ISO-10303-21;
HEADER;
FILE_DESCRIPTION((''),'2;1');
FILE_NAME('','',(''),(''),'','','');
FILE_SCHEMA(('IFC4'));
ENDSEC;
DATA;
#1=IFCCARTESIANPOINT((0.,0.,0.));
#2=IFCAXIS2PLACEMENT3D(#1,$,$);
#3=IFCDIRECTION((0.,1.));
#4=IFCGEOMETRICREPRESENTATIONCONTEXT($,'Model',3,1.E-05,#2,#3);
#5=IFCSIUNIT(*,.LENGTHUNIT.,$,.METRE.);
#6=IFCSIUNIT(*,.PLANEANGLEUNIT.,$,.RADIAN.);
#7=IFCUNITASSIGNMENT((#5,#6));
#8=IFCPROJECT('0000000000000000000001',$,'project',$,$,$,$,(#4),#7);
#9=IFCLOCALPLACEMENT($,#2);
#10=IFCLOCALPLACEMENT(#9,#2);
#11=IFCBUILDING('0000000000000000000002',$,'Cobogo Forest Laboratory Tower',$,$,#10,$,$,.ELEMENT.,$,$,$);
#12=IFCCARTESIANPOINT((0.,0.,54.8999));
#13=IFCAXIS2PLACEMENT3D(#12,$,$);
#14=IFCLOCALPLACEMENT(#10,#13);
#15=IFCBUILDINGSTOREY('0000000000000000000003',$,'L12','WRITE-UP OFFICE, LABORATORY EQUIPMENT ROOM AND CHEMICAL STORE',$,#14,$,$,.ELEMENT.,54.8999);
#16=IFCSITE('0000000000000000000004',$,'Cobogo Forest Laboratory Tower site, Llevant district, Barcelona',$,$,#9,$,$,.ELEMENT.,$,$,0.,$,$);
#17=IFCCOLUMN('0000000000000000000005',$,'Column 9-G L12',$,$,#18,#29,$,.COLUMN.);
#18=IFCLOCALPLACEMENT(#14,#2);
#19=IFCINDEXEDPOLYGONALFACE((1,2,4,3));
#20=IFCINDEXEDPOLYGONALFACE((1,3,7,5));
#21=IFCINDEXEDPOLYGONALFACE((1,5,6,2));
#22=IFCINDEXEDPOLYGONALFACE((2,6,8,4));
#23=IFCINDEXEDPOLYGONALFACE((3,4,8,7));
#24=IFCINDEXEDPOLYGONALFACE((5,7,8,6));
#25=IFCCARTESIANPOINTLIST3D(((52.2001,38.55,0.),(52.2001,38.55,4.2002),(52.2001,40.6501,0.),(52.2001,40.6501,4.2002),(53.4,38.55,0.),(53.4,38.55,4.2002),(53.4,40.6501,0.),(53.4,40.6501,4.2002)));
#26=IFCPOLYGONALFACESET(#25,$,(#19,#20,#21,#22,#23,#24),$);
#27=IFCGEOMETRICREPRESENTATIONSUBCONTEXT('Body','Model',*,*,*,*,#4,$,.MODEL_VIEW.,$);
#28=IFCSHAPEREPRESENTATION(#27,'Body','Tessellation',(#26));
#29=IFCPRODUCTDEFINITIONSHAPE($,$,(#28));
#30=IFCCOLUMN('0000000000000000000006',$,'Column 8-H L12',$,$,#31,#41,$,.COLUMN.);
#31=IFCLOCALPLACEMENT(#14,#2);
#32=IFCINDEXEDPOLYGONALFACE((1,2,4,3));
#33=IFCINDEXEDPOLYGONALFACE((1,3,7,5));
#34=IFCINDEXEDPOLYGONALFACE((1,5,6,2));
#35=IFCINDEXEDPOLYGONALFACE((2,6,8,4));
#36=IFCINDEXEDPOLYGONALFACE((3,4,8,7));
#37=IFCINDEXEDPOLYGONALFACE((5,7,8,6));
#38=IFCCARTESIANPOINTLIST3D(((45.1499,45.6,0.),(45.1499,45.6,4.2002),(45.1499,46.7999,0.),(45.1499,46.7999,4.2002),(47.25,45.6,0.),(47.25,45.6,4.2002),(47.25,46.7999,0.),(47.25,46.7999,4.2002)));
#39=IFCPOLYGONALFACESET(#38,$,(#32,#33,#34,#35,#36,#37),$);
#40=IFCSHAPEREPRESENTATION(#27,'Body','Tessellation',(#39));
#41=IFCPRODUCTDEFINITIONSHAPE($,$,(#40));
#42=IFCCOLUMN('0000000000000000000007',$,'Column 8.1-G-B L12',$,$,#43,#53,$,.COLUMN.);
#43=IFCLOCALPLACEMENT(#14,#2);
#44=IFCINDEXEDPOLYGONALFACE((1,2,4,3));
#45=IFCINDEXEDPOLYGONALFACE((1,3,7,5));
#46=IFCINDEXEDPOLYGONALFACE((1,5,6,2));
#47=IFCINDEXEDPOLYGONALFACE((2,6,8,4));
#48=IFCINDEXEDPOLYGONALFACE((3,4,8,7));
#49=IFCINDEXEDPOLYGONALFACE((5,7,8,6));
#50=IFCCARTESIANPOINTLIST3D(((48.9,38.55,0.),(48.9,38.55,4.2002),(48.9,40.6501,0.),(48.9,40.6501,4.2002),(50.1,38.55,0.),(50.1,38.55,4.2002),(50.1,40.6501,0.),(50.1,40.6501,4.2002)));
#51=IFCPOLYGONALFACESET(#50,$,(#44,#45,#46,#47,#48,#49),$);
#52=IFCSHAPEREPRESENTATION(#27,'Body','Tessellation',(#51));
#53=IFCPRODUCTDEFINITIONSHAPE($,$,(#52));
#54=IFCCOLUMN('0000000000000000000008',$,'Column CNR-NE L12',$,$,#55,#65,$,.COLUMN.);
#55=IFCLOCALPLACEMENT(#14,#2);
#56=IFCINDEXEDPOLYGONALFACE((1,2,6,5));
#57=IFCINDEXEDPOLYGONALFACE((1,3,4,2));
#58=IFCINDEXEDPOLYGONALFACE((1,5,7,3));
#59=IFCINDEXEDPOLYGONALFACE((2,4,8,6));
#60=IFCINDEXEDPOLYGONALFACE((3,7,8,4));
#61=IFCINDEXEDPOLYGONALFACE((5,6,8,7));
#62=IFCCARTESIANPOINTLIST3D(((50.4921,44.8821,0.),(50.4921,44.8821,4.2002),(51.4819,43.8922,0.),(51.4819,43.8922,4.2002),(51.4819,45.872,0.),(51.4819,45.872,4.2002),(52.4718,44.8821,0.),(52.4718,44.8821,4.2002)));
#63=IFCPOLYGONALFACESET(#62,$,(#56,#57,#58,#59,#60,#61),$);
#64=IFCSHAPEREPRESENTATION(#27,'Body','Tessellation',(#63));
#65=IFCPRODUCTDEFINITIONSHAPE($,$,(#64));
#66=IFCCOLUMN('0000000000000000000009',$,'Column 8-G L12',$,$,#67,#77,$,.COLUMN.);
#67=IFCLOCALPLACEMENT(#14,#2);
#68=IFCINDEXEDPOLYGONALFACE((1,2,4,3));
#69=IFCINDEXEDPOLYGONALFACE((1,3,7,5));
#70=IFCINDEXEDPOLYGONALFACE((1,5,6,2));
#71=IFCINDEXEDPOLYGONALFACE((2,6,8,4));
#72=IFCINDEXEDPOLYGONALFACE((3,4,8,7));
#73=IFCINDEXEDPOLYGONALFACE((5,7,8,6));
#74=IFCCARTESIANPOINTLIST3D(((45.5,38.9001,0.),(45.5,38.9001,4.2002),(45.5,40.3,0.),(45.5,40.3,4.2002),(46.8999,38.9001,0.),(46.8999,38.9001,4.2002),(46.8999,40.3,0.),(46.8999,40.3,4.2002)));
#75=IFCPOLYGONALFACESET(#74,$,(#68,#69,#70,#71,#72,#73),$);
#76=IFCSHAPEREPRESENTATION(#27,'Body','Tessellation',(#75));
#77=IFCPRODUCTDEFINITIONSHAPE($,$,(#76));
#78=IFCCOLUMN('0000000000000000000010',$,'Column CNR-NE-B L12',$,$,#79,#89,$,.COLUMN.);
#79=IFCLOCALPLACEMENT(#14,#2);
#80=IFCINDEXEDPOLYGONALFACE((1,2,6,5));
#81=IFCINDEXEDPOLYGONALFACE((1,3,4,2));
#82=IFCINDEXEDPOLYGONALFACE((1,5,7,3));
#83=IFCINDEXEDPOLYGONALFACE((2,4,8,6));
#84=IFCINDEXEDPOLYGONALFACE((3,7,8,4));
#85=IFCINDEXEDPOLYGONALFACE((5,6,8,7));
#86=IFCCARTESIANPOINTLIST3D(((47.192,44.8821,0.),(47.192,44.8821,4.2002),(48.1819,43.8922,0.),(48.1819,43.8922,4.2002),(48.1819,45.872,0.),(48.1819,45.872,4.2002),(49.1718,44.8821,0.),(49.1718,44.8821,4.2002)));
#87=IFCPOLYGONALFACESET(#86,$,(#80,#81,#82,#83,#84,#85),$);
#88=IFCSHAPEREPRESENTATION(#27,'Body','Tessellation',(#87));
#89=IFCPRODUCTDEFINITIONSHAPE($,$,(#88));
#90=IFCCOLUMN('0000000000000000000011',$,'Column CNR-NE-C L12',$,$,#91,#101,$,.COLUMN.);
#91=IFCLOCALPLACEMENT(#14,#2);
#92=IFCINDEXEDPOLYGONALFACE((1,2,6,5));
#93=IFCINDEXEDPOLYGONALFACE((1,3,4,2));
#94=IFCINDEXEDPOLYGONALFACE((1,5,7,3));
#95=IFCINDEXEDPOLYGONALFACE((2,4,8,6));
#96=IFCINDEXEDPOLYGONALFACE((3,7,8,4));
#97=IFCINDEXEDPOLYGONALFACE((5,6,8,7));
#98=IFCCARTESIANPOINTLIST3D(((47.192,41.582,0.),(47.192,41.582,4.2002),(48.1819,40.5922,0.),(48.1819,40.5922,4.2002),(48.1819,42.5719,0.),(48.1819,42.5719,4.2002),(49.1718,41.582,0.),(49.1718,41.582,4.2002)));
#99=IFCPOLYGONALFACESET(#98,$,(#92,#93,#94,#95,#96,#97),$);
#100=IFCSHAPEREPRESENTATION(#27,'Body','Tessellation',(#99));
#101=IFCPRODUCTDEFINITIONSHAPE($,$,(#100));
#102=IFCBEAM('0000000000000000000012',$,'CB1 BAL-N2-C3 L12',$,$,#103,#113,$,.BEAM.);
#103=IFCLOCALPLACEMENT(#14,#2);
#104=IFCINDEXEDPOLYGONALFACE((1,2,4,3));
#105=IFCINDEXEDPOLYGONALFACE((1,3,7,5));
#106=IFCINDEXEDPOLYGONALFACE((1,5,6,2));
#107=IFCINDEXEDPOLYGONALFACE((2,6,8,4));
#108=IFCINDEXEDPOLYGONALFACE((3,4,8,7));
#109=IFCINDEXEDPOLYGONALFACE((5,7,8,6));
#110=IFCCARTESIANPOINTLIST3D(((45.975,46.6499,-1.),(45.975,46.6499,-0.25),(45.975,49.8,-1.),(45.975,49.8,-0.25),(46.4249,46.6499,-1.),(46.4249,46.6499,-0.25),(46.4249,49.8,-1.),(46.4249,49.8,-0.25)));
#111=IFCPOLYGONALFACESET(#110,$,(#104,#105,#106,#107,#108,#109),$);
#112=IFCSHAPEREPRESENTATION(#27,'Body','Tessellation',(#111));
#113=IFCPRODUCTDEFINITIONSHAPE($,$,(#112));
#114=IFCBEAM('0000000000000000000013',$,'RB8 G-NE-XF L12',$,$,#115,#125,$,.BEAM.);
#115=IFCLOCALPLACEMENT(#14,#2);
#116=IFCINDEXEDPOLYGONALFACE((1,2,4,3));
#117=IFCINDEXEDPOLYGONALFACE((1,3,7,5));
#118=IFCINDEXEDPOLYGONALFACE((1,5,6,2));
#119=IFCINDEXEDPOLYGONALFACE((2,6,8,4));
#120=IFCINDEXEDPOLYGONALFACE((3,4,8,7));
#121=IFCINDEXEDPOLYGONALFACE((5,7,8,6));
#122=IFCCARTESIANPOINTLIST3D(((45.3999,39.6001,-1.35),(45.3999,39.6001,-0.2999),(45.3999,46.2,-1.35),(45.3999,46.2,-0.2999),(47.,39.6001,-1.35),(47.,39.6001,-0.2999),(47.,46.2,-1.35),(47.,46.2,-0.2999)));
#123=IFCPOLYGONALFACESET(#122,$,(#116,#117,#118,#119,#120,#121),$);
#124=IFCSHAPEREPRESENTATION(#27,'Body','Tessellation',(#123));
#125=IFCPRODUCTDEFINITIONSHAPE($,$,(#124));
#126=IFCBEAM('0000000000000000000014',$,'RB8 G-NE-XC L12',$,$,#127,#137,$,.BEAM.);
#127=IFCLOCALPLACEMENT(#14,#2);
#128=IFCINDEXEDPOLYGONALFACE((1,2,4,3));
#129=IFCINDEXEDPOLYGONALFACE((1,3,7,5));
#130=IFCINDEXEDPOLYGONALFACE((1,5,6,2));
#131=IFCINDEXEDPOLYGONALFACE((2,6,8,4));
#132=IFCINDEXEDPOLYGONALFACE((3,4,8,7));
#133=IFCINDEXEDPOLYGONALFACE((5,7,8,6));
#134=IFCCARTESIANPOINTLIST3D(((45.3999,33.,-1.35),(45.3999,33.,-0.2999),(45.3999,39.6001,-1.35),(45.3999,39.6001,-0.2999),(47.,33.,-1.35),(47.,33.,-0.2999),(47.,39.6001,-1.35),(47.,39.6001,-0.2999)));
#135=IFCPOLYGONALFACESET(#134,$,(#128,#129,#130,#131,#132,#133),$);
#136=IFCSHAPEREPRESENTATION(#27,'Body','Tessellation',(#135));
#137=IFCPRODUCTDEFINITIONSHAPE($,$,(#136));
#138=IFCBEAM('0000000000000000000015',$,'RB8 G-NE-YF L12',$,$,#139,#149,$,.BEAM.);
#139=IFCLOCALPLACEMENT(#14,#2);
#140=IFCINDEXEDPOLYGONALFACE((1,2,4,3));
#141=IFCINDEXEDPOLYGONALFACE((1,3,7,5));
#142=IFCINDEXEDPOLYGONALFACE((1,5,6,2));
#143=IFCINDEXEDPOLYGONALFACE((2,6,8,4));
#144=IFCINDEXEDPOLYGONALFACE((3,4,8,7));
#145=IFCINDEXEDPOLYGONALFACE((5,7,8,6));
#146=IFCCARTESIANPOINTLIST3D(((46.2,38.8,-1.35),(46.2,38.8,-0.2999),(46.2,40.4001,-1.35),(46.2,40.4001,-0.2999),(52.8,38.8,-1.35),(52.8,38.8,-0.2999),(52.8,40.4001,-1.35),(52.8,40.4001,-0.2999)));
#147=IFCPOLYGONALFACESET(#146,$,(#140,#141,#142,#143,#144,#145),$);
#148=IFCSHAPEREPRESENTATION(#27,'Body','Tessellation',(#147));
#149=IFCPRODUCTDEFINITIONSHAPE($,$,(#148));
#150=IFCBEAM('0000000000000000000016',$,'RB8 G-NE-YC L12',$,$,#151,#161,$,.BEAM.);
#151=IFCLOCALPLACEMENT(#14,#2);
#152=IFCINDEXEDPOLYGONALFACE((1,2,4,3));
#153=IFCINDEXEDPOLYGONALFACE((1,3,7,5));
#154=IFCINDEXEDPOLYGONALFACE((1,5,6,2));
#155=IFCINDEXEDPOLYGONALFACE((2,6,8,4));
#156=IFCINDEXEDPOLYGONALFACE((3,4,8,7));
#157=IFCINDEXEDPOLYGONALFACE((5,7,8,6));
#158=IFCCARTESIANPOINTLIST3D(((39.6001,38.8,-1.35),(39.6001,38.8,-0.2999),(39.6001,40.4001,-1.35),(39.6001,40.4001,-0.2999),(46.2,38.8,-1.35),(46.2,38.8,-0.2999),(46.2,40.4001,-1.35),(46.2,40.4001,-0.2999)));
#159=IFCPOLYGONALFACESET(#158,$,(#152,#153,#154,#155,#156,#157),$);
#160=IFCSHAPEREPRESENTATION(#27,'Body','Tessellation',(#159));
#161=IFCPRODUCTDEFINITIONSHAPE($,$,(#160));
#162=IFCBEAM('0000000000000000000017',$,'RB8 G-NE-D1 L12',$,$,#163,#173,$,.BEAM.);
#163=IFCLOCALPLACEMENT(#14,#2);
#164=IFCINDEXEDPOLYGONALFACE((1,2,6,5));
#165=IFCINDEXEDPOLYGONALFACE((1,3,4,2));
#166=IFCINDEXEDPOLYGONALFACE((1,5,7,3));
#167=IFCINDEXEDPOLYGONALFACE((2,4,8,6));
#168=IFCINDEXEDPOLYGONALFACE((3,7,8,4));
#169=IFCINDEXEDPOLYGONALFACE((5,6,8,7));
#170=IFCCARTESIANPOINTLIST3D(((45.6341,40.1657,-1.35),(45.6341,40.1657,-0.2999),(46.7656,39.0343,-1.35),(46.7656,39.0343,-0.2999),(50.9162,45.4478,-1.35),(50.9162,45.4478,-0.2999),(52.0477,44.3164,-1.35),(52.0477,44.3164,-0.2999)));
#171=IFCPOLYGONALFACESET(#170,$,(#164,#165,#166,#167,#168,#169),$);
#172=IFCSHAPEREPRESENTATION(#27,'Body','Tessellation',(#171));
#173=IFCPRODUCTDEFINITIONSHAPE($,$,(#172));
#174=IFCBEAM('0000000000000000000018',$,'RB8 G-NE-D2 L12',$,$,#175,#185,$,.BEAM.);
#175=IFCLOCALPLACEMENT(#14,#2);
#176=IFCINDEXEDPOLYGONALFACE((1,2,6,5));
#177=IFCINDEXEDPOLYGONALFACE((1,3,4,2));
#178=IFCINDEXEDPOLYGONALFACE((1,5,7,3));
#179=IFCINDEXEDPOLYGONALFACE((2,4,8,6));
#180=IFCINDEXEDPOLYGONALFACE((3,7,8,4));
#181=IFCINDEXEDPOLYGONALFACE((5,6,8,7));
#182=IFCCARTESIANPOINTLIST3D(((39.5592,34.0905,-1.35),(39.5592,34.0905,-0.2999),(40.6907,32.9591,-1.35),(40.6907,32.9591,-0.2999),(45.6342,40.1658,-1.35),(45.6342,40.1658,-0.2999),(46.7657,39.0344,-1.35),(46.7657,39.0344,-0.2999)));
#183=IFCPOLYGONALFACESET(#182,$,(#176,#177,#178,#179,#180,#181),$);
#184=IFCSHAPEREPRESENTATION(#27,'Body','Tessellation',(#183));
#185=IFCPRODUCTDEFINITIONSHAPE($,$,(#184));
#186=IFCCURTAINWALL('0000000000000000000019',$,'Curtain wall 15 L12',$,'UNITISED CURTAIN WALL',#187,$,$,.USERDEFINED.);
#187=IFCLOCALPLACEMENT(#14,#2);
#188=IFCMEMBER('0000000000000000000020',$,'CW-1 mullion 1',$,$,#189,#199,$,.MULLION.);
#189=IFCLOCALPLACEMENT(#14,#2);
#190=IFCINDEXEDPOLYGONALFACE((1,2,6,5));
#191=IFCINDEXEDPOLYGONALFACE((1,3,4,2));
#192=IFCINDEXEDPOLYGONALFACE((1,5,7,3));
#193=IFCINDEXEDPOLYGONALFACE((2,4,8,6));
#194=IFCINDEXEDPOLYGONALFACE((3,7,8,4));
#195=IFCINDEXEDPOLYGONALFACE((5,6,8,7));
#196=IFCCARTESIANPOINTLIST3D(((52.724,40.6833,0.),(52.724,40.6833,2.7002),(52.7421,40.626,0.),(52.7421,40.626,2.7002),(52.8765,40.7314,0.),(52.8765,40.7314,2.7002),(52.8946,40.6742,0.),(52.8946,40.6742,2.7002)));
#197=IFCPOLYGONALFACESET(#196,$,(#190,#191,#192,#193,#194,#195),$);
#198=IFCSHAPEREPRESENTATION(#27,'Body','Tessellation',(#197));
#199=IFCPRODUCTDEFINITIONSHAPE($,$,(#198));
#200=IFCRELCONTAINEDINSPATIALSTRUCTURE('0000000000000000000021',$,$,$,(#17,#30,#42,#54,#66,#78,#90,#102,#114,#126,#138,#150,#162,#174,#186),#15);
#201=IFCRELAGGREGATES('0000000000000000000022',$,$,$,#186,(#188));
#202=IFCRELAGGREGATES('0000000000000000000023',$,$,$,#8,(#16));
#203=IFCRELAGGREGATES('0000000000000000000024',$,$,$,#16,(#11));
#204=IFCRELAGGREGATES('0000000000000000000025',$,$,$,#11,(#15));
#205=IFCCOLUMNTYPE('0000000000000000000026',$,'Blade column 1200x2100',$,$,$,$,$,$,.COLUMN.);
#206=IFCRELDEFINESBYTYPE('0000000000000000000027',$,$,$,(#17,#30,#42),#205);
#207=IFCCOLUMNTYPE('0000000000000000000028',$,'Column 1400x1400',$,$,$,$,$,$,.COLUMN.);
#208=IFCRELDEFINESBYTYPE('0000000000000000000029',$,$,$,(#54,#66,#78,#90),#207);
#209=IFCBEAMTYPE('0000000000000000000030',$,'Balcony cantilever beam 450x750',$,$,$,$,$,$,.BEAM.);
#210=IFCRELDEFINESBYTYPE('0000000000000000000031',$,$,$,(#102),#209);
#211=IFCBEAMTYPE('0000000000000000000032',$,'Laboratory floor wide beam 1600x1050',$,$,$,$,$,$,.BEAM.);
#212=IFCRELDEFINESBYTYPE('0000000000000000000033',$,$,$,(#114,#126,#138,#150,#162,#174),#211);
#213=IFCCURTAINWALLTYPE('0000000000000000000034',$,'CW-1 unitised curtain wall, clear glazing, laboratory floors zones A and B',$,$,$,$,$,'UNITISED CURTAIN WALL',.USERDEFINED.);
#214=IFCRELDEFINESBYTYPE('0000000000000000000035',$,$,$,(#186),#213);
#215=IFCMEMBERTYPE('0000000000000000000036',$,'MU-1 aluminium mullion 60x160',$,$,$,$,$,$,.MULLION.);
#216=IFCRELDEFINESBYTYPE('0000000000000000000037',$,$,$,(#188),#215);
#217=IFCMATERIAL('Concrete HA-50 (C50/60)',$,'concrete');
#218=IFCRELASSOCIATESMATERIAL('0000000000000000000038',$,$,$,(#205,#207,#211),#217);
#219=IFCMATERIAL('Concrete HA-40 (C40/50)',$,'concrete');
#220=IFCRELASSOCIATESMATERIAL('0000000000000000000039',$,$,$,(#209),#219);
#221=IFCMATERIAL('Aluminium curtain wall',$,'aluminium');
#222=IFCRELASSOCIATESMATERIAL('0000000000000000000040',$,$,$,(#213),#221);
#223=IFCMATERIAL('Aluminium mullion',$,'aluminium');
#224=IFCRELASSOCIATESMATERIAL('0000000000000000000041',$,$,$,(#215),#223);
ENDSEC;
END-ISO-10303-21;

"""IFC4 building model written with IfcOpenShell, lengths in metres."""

from ifc_helpers import new_model, si_unit, direction, frame, origin, origin_2d, place, context, subcontext, project, spatial, rectangle, extrude, material, material_profile, profile_set, type_object, element, aggregate, save


model = new_model("IFC4")

# Units and contexts
model_context = context("Model", 3, precision=1e-05, world=origin(), true_north=direction((0.0, 1.0)))
body_context = subcontext(model_context, "Body", "Model", "MODEL_VIEW")
ifc_project = project(units=[si_unit("LENGTHUNIT", "METRE"), si_unit("PLANEANGLEUNIT", "RADIAN")], contexts=[model_context])

# Site, building, storey
site_placement = place(None, origin())
site = spatial("IfcSite", under=ifc_project, at=site_placement, Name="Cobogo Forest Laboratory Tower site, Llevant district, Barcelona", CompositionType="ELEMENT", RefElevation=0.0)
building_placement = place(site_placement, origin())
building = spatial("IfcBuilding", under=site, at=building_placement, Name="Cobogo Forest Laboratory Tower", CompositionType="ELEMENT")
storey_placement = place(building_placement, frame((0.0, 0.0, 54.8999)))
storey = spatial("IfcBuildingStorey", under=building, at=storey_placement, Name="L12", Description="WRITE-UP OFFICE, LABORATORY EQUIPMENT ROOM AND CHEMICAL STORE", CompositionType="ELEMENT", Elevation=54.8999)

# Columns
ifc_material_1 = material(Name="Concrete HA-50 (C50/60)", Category="concrete")
ifc_material_profile_1 = material_profile(ifc_material_1, rectangle(XDim=2.1001, YDim=1.2, at=origin_2d()), Name="RC 1200x2100")
ifc_profile_set_1 = profile_set([ifc_material_profile_1], Name="Concrete HA-50 (C50/60)")
column_type_1 = type_object("IfcColumnType", Name="Blade column 1200x2100", PredefinedType="COLUMN", material=ifc_profile_set_1)
for number, where, z_axis, x_axis, name in (
    (1, (52.8, 39.6001, 0.0), (0.0, 0.0, 1.0), (0.0, 1.0, 0.0), "Column 9-G L12"),
    (2, (46.2, 46.2, 0.0), (0.0, 0.0, 1.0), (1.0, 0.0, 0.0), "Column 8-H L12"),
    (3, (49.5, 39.6001, 0.0), (0.0, 0.0, 1.0), (0.0, 1.0, 0.0), "Column 8.1-G-B L12"),
):
    element("IfcColumn", number, at=place(storey_placement, frame(where, z_axis=z_axis, x_axis=x_axis)), inside=storey, type_object=column_type_1, Name=name, PredefinedType="COLUMN", context=body_context, shape_type="SweptSolid", body=[
        extrude(rectangle(XDim=2.1001, YDim=1.2, at=origin_2d()), origin(), (0.0, 0.0, 1.0), 4.2002),
    ])
ifc_material_profile_2 = material_profile(ifc_material_1, rectangle(XDim=1.3999, YDim=1.3999, at=origin_2d()), Name="RC 1400x1400")
ifc_profile_set_2 = profile_set([ifc_material_profile_2], Name="Concrete HA-50 (C50/60)")
column_type_2 = type_object("IfcColumnType", Name="Column 1400x1400", PredefinedType="COLUMN", material=ifc_profile_set_2)
for number, where, z_axis, x_axis, name in (
    (4, (51.4819, 44.8821, 0.0), (0.0, 0.0, 1.0), (0.707107, 0.707107, 0.0), "Column CNR-NE L12"),
    (5, (46.2, 39.6001, 0.0), (0.0, 0.0, 1.0), (1.0, 0.0, 0.0), "Column 8-G L12"),
    (6, (48.1819, 44.8821, 0.0), (0.0, 0.0, 1.0), (0.707107, 0.707107, 0.0), "Column CNR-NE-B L12"),
    (7, (48.1819, 41.582, 0.0), (0.0, 0.0, 1.0), (0.707107, 0.707107, 0.0), "Column CNR-NE-C L12"),
):
    element("IfcColumn", number, at=place(storey_placement, frame(where, z_axis=z_axis, x_axis=x_axis)), inside=storey, type_object=column_type_2, Name=name, PredefinedType="COLUMN", context=body_context, shape_type="SweptSolid", body=[
        extrude(rectangle(XDim=1.3999, YDim=1.3999, at=origin_2d()), origin(), (0.0, 0.0, 1.0), 4.2002),
    ])

# Beams
ifc_material_2 = material(Name="Concrete HA-40 (C40/50)", Category="concrete")
ifc_material_profile_3 = material_profile(ifc_material_2, rectangle(XDim=0.45, YDim=0.75, at=origin_2d()), Name="RC 450x750")
ifc_profile_set_3 = profile_set([ifc_material_profile_3], Name="Concrete HA-40 (C40/50)")
beam_type_1 = type_object("IfcBeamType", Name="Balcony cantilever beam 450x750", PredefinedType="BEAM", material=ifc_profile_set_3)
beam_1_placement = place(storey_placement, frame((46.2, 46.6499, -0.625), z_axis=(0.0, 1.0, 0.0), x_axis=(-1.0, 0.0, 0.0)))
element("IfcBeam", 8, at=beam_1_placement, inside=storey, type_object=beam_type_1, Name="CB1 BAL-N2-C3 L12", PredefinedType="BEAM", context=body_context, shape_type="SweptSolid", body=[
    extrude(rectangle(XDim=0.45, YDim=0.75, at=origin_2d()), origin(), (0.0, 0.0, 1.0), 3.1501),
])
ifc_material_profile_4 = material_profile(ifc_material_1, rectangle(XDim=1.6001, YDim=1.05, at=origin_2d()), Name="RC 1600x1050")
ifc_profile_set_4 = profile_set([ifc_material_profile_4], Name="Concrete HA-50 (C50/60)")
beam_type_2 = type_object("IfcBeamType", Name="Laboratory floor wide beam 1600x1050", PredefinedType="BEAM", material=ifc_profile_set_4)
beam_2_placement = place(storey_placement, frame((46.2, 46.2, -0.825), z_axis=(0.0, -1.0, 0.0), x_axis=(1.0, 0.0, 0.0)))
element("IfcBeam", 9, at=beam_2_placement, inside=storey, type_object=beam_type_2, Name="RB8 G-NE-XF L12", PredefinedType="BEAM", context=body_context, shape_type="SweptSolid", body=[
    extrude(rectangle(XDim=1.6001, YDim=1.05, at=origin_2d()), origin(), (0.0, 0.0, 1.0), 6.5999),
])
for number, where, z_axis, x_axis, name in (
    (10, (46.2, 39.6001, -0.825), (0.0, -1.0, 0.0), (1.0, 0.0, 0.0), "RB8 G-NE-XC L12"),
    (11, (52.8, 39.6001, -0.825), (-1.0, 0.0, 0.0), (0.0, -1.0, 0.0), "RB8 G-NE-YF L12"),
):
    element("IfcBeam", number, at=place(storey_placement, frame(where, z_axis=z_axis, x_axis=x_axis)), inside=storey, type_object=beam_type_2, Name=name, PredefinedType="BEAM", context=body_context, shape_type="SweptSolid", body=[
        extrude(rectangle(XDim=1.6001, YDim=1.05, at=origin_2d()), origin(), (0.0, 0.0, 1.0), 6.6001),
    ])
beam_3_placement = place(storey_placement, frame((46.2, 39.6001, -0.825), z_axis=(-1.0, 0.0, 0.0), x_axis=(0.0, -1.0, 0.0)))
element("IfcBeam", 12, at=beam_3_placement, inside=storey, type_object=beam_type_2, Name="RB8 G-NE-YC L12", PredefinedType="BEAM", context=body_context, shape_type="SweptSolid", body=[
    extrude(rectangle(XDim=1.6001, YDim=1.05, at=origin_2d()), origin(), (0.0, 0.0, 1.0), 6.5999),
])
beam_4_placement = place(storey_placement, frame((51.4819, 44.8821, -0.825), z_axis=(-0.707107, -0.707107, 0.0), x_axis=(0.707107, -0.707107, 0.0)))
element("IfcBeam", 13, at=beam_4_placement, inside=storey, type_object=beam_type_2, Name="RB8 G-NE-D1 L12", PredefinedType="BEAM", context=body_context, shape_type="SweptSolid", body=[
    extrude(rectangle(XDim=1.6001, YDim=1.05, at=origin_2d()), origin(), (0.0, 0.0, 1.0), 7.47),
])
beam_5_placement = place(storey_placement, frame((46.2, 39.6001, -0.825), z_axis=(-0.707093, -0.707121, 0.0), x_axis=(0.707121, -0.707093, 0.0)))
element("IfcBeam", 14, at=beam_5_placement, inside=storey, type_object=beam_type_2, Name="RB8 G-NE-D2 L12", PredefinedType="BEAM", context=body_context, shape_type="SweptSolid", body=[
    extrude(rectangle(XDim=1.6001, YDim=1.05, at=origin_2d()), origin(), (0.0, 0.0, 1.0), 8.5916),
])

# Curtain wall, member
ifc_material_3 = material(Name="Aluminium curtain wall", Category="aluminium")
curtain_wall_type = type_object("IfcCurtainWallType", Name="CW-1 unitised curtain wall, clear glazing, laboratory floors zones A and B", ElementType="UNITISED CURTAIN WALL", PredefinedType="USERDEFINED", material=ifc_material_3)
curtain_wall_1_placement = place(storey_placement, origin())
curtain_wall_1 = element("IfcCurtainWall", 15, at=curtain_wall_1_placement, inside=storey, type_object=curtain_wall_type, Name="Curtain wall 15 L12", ObjectType="UNITISED CURTAIN WALL", PredefinedType="USERDEFINED")
ifc_material_4 = material(Name="Aluminium mullion", Category="aluminium")
ifc_material_profile_5 = material_profile(ifc_material_4, rectangle(XDim=0.0601, YDim=0.1599, at=origin_2d()), Name="AL 60x160")
ifc_profile_set_5 = profile_set([ifc_material_profile_5], Name="Aluminium mullion")
member_type_1 = type_object("IfcMemberType", Name="MU-1 aluminium mullion 60x160", PredefinedType="MULLION", material=ifc_profile_set_5)
member_1_placement = place(storey_placement, frame((52.8093, 40.6787, 0.0), z_axis=(0.0, 0.0, 1.0), x_axis=(-0.301135, 0.953581, 0.0)))
member_1 = element("IfcMember", 16, at=member_1_placement, type_object=member_type_1, Name="CW-1 mullion 1", PredefinedType="MULLION", context=body_context, shape_type="SweptSolid", body=[
    extrude(rectangle(XDim=0.0601, YDim=0.1599, at=origin_2d()), origin(), (0.0, 0.0, 1.0), 2.7002),
])

aggregate(curtain_wall_1, [member_1])

save(model, "model.ifc")
